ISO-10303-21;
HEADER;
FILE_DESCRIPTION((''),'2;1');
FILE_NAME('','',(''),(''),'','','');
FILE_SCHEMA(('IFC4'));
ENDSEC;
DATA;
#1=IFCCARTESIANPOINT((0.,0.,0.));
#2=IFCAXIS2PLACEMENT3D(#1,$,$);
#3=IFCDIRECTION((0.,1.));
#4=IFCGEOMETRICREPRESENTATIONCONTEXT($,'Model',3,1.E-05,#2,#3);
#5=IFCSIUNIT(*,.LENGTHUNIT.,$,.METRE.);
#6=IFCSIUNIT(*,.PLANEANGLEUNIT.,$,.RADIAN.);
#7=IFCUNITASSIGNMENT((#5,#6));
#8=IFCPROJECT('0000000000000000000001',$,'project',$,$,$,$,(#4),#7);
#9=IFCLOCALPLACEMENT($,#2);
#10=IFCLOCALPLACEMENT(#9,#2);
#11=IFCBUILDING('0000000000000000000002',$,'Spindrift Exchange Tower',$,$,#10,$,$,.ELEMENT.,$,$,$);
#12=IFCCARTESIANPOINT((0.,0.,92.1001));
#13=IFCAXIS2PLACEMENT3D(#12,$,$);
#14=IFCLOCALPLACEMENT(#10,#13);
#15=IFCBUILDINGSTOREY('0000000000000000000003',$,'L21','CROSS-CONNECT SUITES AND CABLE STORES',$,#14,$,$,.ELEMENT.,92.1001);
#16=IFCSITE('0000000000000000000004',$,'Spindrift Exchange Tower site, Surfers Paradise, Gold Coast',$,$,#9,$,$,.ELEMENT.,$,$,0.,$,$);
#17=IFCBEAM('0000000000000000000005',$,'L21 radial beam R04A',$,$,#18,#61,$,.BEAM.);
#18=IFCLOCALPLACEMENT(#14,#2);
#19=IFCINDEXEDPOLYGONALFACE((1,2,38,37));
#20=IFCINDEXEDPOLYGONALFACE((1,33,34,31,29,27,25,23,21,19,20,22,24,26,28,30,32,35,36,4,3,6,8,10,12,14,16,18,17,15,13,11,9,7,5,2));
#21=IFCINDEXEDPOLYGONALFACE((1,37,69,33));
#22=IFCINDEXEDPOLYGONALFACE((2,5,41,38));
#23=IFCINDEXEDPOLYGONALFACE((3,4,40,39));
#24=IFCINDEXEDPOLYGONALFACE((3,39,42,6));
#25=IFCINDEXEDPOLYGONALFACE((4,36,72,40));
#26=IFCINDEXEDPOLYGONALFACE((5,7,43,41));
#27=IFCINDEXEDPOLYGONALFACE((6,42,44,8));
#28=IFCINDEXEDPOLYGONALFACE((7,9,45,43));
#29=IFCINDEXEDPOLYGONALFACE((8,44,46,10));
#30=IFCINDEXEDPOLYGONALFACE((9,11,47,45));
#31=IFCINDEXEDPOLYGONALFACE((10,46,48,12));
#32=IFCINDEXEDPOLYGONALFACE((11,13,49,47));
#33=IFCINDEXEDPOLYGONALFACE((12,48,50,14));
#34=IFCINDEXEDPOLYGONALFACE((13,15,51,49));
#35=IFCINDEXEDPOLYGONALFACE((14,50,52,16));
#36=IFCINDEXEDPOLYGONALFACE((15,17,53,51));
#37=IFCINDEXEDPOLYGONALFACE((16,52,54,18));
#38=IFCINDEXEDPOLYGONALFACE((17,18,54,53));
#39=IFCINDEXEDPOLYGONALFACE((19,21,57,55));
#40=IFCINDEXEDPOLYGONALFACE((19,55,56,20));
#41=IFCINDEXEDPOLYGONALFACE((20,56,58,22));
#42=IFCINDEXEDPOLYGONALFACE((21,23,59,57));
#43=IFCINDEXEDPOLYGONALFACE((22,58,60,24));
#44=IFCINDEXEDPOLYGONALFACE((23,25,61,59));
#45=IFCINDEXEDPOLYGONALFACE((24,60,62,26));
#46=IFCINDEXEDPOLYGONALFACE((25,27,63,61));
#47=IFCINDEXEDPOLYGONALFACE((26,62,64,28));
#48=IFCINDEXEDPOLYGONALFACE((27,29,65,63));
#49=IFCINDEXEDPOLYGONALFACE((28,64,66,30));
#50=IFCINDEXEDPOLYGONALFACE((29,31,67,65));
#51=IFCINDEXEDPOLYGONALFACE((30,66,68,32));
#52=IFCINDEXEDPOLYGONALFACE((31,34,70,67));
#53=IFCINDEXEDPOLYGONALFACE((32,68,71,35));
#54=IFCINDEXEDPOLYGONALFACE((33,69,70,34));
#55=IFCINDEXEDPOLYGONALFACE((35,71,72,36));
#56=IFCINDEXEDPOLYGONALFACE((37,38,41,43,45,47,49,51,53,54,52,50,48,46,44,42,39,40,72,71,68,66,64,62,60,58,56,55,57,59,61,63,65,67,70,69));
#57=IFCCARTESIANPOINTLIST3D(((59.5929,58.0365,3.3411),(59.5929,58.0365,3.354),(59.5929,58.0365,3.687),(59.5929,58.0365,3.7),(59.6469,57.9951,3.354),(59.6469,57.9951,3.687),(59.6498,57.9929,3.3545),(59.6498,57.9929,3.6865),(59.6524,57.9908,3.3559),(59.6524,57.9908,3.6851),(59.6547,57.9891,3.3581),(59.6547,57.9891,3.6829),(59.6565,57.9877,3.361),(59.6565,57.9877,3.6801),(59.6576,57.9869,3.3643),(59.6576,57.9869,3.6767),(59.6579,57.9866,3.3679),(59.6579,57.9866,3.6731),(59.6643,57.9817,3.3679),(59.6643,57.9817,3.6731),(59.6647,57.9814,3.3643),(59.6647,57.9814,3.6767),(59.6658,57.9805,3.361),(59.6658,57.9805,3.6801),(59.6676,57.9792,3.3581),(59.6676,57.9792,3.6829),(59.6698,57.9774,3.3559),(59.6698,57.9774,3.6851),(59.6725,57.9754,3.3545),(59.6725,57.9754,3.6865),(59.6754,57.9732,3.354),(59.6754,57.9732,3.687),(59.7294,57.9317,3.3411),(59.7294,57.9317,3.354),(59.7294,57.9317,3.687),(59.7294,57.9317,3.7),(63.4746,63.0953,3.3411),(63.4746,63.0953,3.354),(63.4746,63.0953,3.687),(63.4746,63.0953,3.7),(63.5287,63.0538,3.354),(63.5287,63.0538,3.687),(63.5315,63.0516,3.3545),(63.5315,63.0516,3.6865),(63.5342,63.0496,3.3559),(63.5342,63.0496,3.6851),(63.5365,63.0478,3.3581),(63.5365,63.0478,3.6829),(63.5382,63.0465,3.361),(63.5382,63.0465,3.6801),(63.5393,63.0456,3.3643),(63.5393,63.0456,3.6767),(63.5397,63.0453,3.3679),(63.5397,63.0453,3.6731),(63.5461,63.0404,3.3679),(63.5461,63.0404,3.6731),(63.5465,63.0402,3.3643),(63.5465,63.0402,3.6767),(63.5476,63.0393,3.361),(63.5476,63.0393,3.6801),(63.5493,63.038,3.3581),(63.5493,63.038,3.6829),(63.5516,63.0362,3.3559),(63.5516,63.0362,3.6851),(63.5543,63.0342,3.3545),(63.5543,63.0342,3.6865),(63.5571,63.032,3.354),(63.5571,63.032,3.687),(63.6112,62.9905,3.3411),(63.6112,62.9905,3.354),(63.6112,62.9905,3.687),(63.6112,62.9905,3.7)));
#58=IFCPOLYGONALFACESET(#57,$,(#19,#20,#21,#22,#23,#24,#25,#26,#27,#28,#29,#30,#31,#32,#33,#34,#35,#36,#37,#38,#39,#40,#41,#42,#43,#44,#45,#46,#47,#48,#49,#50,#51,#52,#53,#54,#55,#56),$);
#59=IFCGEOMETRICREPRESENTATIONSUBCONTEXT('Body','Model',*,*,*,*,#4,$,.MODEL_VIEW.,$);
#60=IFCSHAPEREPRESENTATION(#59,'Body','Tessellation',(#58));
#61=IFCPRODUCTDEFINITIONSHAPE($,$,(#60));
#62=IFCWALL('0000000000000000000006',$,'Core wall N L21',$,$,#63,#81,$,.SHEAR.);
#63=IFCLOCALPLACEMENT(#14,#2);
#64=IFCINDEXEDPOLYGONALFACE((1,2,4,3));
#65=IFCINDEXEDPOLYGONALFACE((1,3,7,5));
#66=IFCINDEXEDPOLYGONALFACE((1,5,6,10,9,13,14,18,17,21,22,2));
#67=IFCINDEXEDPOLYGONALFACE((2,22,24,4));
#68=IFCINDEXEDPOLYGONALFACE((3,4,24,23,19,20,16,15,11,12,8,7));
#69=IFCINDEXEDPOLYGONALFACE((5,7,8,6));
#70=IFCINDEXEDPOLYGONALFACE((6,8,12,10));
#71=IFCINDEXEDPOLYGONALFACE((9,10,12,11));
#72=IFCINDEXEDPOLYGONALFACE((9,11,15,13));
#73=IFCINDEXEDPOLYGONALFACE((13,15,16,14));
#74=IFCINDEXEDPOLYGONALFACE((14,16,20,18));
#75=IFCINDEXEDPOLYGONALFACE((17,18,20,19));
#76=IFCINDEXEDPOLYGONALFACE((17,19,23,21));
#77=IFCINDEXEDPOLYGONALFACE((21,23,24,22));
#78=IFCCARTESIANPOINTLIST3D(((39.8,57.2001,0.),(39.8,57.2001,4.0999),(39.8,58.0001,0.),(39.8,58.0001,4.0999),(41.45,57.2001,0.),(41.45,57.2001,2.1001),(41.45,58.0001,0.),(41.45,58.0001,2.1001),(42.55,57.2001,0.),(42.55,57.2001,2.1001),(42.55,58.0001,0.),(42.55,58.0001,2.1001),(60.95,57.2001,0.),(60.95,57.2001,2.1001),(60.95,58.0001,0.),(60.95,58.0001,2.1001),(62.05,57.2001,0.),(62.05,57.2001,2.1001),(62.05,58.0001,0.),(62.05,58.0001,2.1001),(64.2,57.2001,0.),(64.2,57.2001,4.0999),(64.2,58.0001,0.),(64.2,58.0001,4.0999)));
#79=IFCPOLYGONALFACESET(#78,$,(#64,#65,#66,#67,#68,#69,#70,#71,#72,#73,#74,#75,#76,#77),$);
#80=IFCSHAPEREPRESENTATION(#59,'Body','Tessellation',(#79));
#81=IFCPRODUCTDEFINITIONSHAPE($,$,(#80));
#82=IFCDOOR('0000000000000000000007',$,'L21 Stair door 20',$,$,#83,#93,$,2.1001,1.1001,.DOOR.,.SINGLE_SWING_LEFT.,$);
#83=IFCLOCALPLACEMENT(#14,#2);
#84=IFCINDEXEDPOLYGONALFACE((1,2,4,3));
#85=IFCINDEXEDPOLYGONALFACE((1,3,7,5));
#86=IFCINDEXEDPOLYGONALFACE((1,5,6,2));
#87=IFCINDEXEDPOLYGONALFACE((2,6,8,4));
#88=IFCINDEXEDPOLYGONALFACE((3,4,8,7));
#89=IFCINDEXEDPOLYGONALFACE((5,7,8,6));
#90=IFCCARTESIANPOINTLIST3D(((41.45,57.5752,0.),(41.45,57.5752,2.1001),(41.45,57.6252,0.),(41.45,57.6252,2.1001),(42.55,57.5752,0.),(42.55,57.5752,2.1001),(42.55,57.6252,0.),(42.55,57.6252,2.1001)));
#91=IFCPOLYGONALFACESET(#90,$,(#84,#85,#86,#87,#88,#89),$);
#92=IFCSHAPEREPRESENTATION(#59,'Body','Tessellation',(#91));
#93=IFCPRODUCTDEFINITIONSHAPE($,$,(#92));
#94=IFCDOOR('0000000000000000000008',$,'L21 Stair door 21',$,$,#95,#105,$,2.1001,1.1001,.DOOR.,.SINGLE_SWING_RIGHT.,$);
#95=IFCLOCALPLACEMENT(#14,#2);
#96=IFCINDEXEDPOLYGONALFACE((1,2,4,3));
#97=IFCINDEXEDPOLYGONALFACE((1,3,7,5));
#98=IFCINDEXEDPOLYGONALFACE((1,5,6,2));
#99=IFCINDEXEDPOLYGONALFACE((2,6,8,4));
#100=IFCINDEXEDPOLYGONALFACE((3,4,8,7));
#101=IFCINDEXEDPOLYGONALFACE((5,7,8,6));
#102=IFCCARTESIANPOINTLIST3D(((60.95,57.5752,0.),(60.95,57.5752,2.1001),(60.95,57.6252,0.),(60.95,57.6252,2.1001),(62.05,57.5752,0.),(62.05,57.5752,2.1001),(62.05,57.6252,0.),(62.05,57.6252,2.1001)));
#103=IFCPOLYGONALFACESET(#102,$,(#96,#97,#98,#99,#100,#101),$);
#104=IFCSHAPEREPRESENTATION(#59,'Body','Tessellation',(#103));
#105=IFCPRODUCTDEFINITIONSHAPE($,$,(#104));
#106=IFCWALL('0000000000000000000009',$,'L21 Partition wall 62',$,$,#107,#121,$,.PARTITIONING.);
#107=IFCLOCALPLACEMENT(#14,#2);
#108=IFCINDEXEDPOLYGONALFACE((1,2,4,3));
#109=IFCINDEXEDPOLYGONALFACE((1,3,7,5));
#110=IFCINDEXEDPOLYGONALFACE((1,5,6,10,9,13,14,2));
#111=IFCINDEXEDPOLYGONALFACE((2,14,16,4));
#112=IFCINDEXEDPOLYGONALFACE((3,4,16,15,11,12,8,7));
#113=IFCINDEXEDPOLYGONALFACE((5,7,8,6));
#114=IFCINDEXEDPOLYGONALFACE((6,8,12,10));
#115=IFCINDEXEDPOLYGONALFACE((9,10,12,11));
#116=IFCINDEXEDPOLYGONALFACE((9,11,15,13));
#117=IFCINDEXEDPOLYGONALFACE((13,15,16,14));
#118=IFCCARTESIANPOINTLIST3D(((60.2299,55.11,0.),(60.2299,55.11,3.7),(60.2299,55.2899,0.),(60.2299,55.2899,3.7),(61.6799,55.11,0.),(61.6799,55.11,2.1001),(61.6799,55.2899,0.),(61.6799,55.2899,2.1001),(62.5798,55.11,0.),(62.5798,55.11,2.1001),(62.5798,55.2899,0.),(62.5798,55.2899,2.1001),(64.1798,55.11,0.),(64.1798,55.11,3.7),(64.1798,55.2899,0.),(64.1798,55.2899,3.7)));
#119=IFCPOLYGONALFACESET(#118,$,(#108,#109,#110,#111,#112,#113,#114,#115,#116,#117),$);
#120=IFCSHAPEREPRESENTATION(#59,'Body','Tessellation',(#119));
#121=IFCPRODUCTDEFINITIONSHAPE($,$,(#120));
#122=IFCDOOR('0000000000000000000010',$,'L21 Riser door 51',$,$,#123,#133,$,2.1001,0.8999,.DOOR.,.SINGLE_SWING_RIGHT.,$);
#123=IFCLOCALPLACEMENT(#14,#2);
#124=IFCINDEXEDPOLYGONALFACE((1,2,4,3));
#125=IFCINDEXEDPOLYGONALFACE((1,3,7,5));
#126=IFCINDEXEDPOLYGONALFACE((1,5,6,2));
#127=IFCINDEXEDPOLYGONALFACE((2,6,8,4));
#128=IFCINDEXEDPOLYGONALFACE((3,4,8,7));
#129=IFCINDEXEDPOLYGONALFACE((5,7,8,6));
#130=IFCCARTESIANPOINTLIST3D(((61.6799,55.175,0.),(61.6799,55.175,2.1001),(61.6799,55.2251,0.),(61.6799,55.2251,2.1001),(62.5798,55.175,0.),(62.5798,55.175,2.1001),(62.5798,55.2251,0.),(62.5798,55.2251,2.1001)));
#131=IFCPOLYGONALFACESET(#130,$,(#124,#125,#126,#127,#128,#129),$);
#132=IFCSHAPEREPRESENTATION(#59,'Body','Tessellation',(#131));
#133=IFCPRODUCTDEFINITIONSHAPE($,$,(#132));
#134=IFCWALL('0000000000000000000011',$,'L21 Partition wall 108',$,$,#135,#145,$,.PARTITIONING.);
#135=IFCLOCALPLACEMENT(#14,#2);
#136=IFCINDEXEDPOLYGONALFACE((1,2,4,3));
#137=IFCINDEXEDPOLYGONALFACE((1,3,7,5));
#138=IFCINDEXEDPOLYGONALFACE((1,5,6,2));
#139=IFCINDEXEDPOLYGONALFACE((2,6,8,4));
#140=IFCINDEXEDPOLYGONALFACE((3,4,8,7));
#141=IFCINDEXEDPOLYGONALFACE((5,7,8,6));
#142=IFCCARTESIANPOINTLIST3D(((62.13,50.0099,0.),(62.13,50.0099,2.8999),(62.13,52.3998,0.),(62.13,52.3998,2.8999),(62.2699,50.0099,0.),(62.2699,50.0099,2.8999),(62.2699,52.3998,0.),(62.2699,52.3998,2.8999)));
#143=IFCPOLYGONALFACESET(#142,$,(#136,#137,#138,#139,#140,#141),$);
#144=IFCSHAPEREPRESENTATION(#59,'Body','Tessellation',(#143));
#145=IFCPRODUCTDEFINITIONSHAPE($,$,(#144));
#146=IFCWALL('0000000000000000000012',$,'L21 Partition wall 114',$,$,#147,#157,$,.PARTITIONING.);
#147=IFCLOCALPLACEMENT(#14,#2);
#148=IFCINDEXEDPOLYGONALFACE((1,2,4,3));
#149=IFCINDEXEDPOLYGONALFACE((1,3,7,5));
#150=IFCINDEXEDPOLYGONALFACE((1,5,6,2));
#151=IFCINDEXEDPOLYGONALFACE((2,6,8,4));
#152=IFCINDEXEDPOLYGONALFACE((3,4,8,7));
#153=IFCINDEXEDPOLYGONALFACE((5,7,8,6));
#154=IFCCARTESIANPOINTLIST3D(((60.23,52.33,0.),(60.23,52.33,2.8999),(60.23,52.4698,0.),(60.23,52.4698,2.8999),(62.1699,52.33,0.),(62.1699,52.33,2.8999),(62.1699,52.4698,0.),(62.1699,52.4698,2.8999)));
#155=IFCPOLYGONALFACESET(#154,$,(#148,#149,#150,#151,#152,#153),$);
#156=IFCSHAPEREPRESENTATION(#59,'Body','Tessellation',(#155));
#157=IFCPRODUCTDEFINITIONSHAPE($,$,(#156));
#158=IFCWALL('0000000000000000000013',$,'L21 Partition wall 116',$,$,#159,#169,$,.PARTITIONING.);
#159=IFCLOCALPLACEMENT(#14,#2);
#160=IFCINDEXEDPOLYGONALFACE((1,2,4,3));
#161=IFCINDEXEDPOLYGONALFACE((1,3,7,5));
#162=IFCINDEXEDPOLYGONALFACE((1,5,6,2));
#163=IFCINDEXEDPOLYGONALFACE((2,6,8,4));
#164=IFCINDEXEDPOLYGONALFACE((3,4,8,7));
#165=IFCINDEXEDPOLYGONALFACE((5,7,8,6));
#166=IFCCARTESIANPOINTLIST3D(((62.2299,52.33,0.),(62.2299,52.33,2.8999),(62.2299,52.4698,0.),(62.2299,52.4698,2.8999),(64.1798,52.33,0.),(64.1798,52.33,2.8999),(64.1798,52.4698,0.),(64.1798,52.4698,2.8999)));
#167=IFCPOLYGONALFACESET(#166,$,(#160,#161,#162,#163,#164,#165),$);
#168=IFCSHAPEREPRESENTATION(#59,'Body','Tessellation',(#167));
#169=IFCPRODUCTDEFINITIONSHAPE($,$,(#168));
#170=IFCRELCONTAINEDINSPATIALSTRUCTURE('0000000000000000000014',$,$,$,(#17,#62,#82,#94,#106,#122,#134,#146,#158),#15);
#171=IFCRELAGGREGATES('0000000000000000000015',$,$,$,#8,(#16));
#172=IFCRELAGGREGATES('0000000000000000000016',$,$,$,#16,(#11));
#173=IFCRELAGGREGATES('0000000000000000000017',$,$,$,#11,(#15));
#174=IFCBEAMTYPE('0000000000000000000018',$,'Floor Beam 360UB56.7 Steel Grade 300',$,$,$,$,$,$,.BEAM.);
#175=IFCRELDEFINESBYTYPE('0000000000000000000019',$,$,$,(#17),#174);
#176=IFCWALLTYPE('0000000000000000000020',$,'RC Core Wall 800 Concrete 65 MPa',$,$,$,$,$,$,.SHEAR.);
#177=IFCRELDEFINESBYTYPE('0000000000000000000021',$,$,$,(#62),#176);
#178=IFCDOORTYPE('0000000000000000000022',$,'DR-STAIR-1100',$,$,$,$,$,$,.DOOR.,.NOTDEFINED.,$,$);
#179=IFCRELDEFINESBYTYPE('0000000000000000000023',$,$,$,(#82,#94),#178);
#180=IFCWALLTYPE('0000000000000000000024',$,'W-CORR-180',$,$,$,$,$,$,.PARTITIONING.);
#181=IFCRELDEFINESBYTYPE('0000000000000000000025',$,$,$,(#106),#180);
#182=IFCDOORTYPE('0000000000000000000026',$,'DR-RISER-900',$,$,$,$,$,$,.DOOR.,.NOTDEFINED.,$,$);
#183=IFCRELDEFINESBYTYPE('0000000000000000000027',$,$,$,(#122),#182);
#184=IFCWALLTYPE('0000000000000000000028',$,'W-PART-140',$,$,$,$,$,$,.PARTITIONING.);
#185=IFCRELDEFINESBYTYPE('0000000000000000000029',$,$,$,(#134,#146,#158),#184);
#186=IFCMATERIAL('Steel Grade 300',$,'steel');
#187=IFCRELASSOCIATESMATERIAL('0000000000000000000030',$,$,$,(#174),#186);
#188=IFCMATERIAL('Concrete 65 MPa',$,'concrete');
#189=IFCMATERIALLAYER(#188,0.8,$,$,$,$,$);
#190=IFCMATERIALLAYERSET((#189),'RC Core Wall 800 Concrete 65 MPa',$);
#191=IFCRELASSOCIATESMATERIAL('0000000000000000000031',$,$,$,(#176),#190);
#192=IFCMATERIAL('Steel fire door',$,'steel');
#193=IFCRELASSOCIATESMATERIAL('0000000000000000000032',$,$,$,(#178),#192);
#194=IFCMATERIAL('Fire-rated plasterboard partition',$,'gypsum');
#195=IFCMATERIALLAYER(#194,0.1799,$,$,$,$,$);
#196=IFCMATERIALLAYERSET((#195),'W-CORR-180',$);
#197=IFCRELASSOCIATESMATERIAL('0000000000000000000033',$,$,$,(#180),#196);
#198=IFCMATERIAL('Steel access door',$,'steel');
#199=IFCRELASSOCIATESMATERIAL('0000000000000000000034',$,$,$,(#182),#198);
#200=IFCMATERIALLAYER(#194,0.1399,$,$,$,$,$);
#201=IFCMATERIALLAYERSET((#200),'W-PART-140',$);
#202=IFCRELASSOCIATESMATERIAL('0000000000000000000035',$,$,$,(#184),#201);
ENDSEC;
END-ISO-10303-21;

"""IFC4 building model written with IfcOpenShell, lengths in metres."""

from ifc_helpers import new_model, si_unit, direction, frame, frame_2d, origin, origin_2d, place, context, subcontext, project, spatial, rectangle, i_section, extrude, source, transform, mapped, material, layer, layer_set, material_profile, profile_set, type_object, element, fill, save


model = new_model("IFC4")

# Units and contexts
model_context = context("Model", 3, precision=1e-05, world=origin(), true_north=direction((0.0, 1.0)))
body_context = subcontext(model_context, "Body", "Model", "MODEL_VIEW")
ifc_project = project(units=[si_unit("LENGTHUNIT", "METRE"), si_unit("PLANEANGLEUNIT", "RADIAN")], contexts=[model_context])

# Site, building, storey
site_placement = place(None, origin())
site = spatial("IfcSite", under=ifc_project, at=site_placement, Name="Spindrift Exchange Tower site, Surfers Paradise, Gold Coast", CompositionType="ELEMENT", RefElevation=0.0)
building_placement = place(site_placement, origin())
building = spatial("IfcBuilding", under=site, at=building_placement, Name="Spindrift Exchange Tower", CompositionType="ELEMENT")
storey_placement = place(building_placement, frame((0.0, 0.0, 92.1001)))
storey = spatial("IfcBuildingStorey", under=building, at=storey_placement, Name="L21", Description="CROSS-CONNECT SUITES AND CABLE STORES", CompositionType="ELEMENT", Elevation=92.1001)

# Shared definitions
ifc_material_1 = material(Name="Concrete 65 MPa", Category="concrete")

# Beam
ifc_material_2 = material(Name="Steel Grade 300", Category="steel")
ifc_material_profile_1 = material_profile(ifc_material_2, i_section(OverallWidth=0.1721, OverallDepth=0.3589, WebThickness=0.0081, FlangeThickness=0.0129, FilletRadius=0.0139, at=origin_2d()), Name="360UB56.7")
ifc_profile_set_1 = profile_set([ifc_material_profile_1], Name="Steel Grade 300")
beam_type_1 = type_object("IfcBeamType", Name="Floor Beam 360UB56.7 Steel Grade 300", PredefinedType="BEAM", material=ifc_profile_set_1)
shared_shape_1 = source(origin(), body_context, "Body", "SweptSolid", [
    extrude(i_section(OverallWidth=0.1721, OverallDepth=0.3589, WebThickness=0.0081, FlangeThickness=0.0129, FilletRadius=0.0139, at=origin_2d()), origin(), (0.0, 0.0, 1.0), 6.3765),
])
beam_1_placement = place(storey_placement, frame((59.6611, 57.9841, 3.5205), z_axis=(0.608767, 0.793349, 0.0), x_axis=(-0.793349, 0.608767, 0.0)))
element("IfcBeam", 1, at=beam_1_placement, inside=storey, type_object=beam_type_1, Name="L21 radial beam R04A", PredefinedType="BEAM", context=body_context, shape_type="MappedRepresentation", body=[
    mapped(shared_shape_1, transform((0.0, 0.0, 0.0), scale=1.0)),
])

# Wall, openings, doors
ifc_layer_1 = layer(ifc_material_1, 0.8)
ifc_layer_set_1 = layer_set([ifc_layer_1], Name="RC Core Wall 800 Concrete 65 MPa")
wall_type_1 = type_object("IfcWallType", Name="RC Core Wall 800 Concrete 65 MPa", PredefinedType="SHEAR", material=ifc_layer_set_1)
wall_1_placement = place(storey_placement, frame((64.2, 57.6001, 0.0), z_axis=(0.0, 0.0, 1.0), x_axis=(-1.0, 0.0, 0.0)))
wall_1 = element("IfcWall", 2, at=wall_1_placement, inside=storey, type_object=wall_type_1, Name="Core wall N L21", PredefinedType="SHEAR", context=body_context, shape_type="SweptSolid", body=[
    extrude(rectangle(XDim=24.3999, YDim=0.8, at=frame_2d((12.2, 0.0))), origin(), (0.0, 0.0, 1.0), 4.0999),
])
opening_1_placement = place(wall_1_placement, frame((21.6499, 0.0, 0.0)))
opening_1 = element("IfcOpeningElement", 3, at=opening_1_placement, cuts=wall_1, PredefinedType="OPENING", context=body_context, shape_type="SweptSolid", body=[
    extrude(rectangle(XDim=1.1001, YDim=2.1001, at=frame_2d((0.55, 1.05))), frame((0.0, 0.4099, 0.0), z_axis=(0.0, -1.0, 0.0), x_axis=(1.0, 0.0, 0.0)), (0.0, 0.0, 1.0), 0.8201),
])
opening_2_placement = place(wall_1_placement, frame((2.1499, 0.0, 0.0)))
opening_2 = element("IfcOpeningElement", 4, at=opening_2_placement, cuts=wall_1, PredefinedType="OPENING", context=body_context, shape_type="SweptSolid", body=[
    extrude(rectangle(XDim=1.1001, YDim=2.1001, at=frame_2d((0.55, 1.05))), frame((0.0, 0.4099, 0.0), z_axis=(0.0, -1.0, 0.0), x_axis=(1.0, 0.0, 0.0)), (0.0, 0.0, 1.0), 0.8201),
])
ifc_material_3 = material(Name="Steel fire door", Category="steel")
door_type_1 = type_object("IfcDoorType", Name="DR-STAIR-1100", OperationType="NOTDEFINED", PredefinedType="DOOR", material=ifc_material_3)
shared_shape_2 = source(origin(), body_context, "Body", "SweptSolid", [
    extrude(rectangle(XDim=1.1001, YDim=2.1001, at=frame_2d((0.55, 1.05))), frame((0.0, 0.0249, 0.0), z_axis=(0.0, -1.0, 0.0), x_axis=(1.0, 0.0, 0.0)), (0.0, 0.0, 1.0), 0.05),
])
door_1_placement = place(opening_1_placement, origin())
door_1 = element("IfcDoor", 5, at=door_1_placement, inside=storey, type_object=door_type_1, Name="L21 Stair door 20", OperationType="SINGLE_SWING_LEFT", OverallHeight=2.1001, OverallWidth=1.1001, PredefinedType="DOOR", context=body_context, shape_type="MappedRepresentation", body=[
    mapped(shared_shape_2, transform((0.0, 0.0, 0.0), scale=1.0)),
])
fill(opening_1, door_1)
door_2_placement = place(opening_2_placement, origin())
door_2 = element("IfcDoor", 6, at=door_2_placement, inside=storey, type_object=door_type_1, Name="L21 Stair door 21", OperationType="SINGLE_SWING_RIGHT", OverallHeight=2.1001, OverallWidth=1.1001, PredefinedType="DOOR", context=body_context, shape_type="MappedRepresentation", body=[
    mapped(shared_shape_2, transform((0.0, 0.0, 0.0), scale=1.0)),
])
fill(opening_2, door_2)

# Wall, opening, door
ifc_material_4 = material(Name="Fire-rated plasterboard partition", Category="gypsum")
ifc_layer_2 = layer(ifc_material_4, 0.1799)
ifc_layer_set_2 = layer_set([ifc_layer_2], Name="W-CORR-180")
wall_type_2 = type_object("IfcWallType", Name="W-CORR-180", PredefinedType="PARTITIONING", material=ifc_layer_set_2)
wall_2_placement = place(storey_placement, frame((64.1799, 55.2, 0.0), z_axis=(0.0, 0.0, 1.0), x_axis=(-1.0, 0.0, 0.0)))
wall_2 = element("IfcWall", 7, at=wall_2_placement, inside=storey, type_object=wall_type_2, Name="L21 Partition wall 62", PredefinedType="PARTITIONING", context=body_context, shape_type="SweptSolid", body=[
    extrude(rectangle(XDim=3.95, YDim=0.1799, at=frame_2d((1.9751, 0.0))), origin(), (0.0, 0.0, 1.0), 3.7),
])
opening_3_placement = place(wall_2_placement, frame((1.6001, 0.0, 0.0)))
opening_3 = element("IfcOpeningElement", 8, at=opening_3_placement, cuts=wall_2, PredefinedType="OPENING", context=body_context, shape_type="SweptSolid", body=[
    extrude(rectangle(XDim=0.8999, YDim=2.1001, at=frame_2d((0.45, 1.05))), frame((0.0, 0.0999, 0.0), z_axis=(0.0, -1.0, 0.0), x_axis=(1.0, 0.0, 0.0)), (0.0, 0.0, 1.0), 0.2),
])
ifc_material_5 = material(Name="Steel access door", Category="steel")
door_type_2 = type_object("IfcDoorType", Name="DR-RISER-900", OperationType="NOTDEFINED", PredefinedType="DOOR", material=ifc_material_5)
shared_shape_3 = source(origin(), body_context, "Body", "SweptSolid", [
    extrude(rectangle(XDim=0.8999, YDim=2.1001, at=frame_2d((0.45, 1.05))), frame((0.0, 0.0249, 0.0), z_axis=(0.0, -1.0, 0.0), x_axis=(1.0, 0.0, 0.0)), (0.0, 0.0, 1.0), 0.05),
])
door_3_placement = place(opening_3_placement, origin())
door_3 = element("IfcDoor", 9, at=door_3_placement, inside=storey, type_object=door_type_2, Name="L21 Riser door 51", OperationType="SINGLE_SWING_RIGHT", OverallHeight=2.1001, OverallWidth=0.8999, PredefinedType="DOOR", context=body_context, shape_type="MappedRepresentation", body=[
    mapped(shared_shape_3, transform((0.0, 0.0, 0.0), scale=1.0)),
])
fill(opening_3, door_3)

# Walls
ifc_layer_3 = layer(ifc_material_4, 0.1399)
ifc_layer_set_3 = layer_set([ifc_layer_3], Name="W-PART-140")
wall_type_3 = type_object("IfcWallType", Name="W-PART-140", PredefinedType="PARTITIONING", material=ifc_layer_set_3)
wall_3_placement = place(storey_placement, frame((62.2, 50.01, 0.0), z_axis=(0.0, 0.0, 1.0), x_axis=(0.0, 1.0, 0.0)))
element("IfcWall", 10, at=wall_3_placement, inside=storey, type_object=wall_type_3, Name="L21 Partition wall 108", PredefinedType="PARTITIONING", context=body_context, shape_type="SweptSolid", body=[
    extrude(rectangle(XDim=2.3899, YDim=0.1399, at=frame_2d((1.1948, 0.0))), origin(), (0.0, 0.0, 1.0), 2.8999),
])
wall_4_placement = place(storey_placement, frame((62.1699, 52.3999, 0.0), z_axis=(0.0, 0.0, 1.0), x_axis=(-1.0, 0.0, 0.0)))
element("IfcWall", 11, at=wall_4_placement, inside=storey, type_object=wall_type_3, Name="L21 Partition wall 114", PredefinedType="PARTITIONING", context=body_context, shape_type="SweptSolid", body=[
    extrude(rectangle(XDim=1.9399, YDim=0.1399, at=frame_2d((0.97, 0.0))), origin(), (0.0, 0.0, 1.0), 2.8999),
])
wall_5_placement = place(storey_placement, frame((64.1799, 52.3999, 0.0), z_axis=(0.0, 0.0, 1.0), x_axis=(-1.0, 0.0, 0.0)))
element("IfcWall", 12, at=wall_5_placement, inside=storey, type_object=wall_type_3, Name="L21 Partition wall 116", PredefinedType="PARTITIONING", context=body_context, shape_type="SweptSolid", body=[
    extrude(rectangle(XDim=1.95, YDim=0.1399, at=frame_2d((0.9751, 0.0))), origin(), (0.0, 0.0, 1.0), 2.8999),
])

save(model, "model.ifc")
